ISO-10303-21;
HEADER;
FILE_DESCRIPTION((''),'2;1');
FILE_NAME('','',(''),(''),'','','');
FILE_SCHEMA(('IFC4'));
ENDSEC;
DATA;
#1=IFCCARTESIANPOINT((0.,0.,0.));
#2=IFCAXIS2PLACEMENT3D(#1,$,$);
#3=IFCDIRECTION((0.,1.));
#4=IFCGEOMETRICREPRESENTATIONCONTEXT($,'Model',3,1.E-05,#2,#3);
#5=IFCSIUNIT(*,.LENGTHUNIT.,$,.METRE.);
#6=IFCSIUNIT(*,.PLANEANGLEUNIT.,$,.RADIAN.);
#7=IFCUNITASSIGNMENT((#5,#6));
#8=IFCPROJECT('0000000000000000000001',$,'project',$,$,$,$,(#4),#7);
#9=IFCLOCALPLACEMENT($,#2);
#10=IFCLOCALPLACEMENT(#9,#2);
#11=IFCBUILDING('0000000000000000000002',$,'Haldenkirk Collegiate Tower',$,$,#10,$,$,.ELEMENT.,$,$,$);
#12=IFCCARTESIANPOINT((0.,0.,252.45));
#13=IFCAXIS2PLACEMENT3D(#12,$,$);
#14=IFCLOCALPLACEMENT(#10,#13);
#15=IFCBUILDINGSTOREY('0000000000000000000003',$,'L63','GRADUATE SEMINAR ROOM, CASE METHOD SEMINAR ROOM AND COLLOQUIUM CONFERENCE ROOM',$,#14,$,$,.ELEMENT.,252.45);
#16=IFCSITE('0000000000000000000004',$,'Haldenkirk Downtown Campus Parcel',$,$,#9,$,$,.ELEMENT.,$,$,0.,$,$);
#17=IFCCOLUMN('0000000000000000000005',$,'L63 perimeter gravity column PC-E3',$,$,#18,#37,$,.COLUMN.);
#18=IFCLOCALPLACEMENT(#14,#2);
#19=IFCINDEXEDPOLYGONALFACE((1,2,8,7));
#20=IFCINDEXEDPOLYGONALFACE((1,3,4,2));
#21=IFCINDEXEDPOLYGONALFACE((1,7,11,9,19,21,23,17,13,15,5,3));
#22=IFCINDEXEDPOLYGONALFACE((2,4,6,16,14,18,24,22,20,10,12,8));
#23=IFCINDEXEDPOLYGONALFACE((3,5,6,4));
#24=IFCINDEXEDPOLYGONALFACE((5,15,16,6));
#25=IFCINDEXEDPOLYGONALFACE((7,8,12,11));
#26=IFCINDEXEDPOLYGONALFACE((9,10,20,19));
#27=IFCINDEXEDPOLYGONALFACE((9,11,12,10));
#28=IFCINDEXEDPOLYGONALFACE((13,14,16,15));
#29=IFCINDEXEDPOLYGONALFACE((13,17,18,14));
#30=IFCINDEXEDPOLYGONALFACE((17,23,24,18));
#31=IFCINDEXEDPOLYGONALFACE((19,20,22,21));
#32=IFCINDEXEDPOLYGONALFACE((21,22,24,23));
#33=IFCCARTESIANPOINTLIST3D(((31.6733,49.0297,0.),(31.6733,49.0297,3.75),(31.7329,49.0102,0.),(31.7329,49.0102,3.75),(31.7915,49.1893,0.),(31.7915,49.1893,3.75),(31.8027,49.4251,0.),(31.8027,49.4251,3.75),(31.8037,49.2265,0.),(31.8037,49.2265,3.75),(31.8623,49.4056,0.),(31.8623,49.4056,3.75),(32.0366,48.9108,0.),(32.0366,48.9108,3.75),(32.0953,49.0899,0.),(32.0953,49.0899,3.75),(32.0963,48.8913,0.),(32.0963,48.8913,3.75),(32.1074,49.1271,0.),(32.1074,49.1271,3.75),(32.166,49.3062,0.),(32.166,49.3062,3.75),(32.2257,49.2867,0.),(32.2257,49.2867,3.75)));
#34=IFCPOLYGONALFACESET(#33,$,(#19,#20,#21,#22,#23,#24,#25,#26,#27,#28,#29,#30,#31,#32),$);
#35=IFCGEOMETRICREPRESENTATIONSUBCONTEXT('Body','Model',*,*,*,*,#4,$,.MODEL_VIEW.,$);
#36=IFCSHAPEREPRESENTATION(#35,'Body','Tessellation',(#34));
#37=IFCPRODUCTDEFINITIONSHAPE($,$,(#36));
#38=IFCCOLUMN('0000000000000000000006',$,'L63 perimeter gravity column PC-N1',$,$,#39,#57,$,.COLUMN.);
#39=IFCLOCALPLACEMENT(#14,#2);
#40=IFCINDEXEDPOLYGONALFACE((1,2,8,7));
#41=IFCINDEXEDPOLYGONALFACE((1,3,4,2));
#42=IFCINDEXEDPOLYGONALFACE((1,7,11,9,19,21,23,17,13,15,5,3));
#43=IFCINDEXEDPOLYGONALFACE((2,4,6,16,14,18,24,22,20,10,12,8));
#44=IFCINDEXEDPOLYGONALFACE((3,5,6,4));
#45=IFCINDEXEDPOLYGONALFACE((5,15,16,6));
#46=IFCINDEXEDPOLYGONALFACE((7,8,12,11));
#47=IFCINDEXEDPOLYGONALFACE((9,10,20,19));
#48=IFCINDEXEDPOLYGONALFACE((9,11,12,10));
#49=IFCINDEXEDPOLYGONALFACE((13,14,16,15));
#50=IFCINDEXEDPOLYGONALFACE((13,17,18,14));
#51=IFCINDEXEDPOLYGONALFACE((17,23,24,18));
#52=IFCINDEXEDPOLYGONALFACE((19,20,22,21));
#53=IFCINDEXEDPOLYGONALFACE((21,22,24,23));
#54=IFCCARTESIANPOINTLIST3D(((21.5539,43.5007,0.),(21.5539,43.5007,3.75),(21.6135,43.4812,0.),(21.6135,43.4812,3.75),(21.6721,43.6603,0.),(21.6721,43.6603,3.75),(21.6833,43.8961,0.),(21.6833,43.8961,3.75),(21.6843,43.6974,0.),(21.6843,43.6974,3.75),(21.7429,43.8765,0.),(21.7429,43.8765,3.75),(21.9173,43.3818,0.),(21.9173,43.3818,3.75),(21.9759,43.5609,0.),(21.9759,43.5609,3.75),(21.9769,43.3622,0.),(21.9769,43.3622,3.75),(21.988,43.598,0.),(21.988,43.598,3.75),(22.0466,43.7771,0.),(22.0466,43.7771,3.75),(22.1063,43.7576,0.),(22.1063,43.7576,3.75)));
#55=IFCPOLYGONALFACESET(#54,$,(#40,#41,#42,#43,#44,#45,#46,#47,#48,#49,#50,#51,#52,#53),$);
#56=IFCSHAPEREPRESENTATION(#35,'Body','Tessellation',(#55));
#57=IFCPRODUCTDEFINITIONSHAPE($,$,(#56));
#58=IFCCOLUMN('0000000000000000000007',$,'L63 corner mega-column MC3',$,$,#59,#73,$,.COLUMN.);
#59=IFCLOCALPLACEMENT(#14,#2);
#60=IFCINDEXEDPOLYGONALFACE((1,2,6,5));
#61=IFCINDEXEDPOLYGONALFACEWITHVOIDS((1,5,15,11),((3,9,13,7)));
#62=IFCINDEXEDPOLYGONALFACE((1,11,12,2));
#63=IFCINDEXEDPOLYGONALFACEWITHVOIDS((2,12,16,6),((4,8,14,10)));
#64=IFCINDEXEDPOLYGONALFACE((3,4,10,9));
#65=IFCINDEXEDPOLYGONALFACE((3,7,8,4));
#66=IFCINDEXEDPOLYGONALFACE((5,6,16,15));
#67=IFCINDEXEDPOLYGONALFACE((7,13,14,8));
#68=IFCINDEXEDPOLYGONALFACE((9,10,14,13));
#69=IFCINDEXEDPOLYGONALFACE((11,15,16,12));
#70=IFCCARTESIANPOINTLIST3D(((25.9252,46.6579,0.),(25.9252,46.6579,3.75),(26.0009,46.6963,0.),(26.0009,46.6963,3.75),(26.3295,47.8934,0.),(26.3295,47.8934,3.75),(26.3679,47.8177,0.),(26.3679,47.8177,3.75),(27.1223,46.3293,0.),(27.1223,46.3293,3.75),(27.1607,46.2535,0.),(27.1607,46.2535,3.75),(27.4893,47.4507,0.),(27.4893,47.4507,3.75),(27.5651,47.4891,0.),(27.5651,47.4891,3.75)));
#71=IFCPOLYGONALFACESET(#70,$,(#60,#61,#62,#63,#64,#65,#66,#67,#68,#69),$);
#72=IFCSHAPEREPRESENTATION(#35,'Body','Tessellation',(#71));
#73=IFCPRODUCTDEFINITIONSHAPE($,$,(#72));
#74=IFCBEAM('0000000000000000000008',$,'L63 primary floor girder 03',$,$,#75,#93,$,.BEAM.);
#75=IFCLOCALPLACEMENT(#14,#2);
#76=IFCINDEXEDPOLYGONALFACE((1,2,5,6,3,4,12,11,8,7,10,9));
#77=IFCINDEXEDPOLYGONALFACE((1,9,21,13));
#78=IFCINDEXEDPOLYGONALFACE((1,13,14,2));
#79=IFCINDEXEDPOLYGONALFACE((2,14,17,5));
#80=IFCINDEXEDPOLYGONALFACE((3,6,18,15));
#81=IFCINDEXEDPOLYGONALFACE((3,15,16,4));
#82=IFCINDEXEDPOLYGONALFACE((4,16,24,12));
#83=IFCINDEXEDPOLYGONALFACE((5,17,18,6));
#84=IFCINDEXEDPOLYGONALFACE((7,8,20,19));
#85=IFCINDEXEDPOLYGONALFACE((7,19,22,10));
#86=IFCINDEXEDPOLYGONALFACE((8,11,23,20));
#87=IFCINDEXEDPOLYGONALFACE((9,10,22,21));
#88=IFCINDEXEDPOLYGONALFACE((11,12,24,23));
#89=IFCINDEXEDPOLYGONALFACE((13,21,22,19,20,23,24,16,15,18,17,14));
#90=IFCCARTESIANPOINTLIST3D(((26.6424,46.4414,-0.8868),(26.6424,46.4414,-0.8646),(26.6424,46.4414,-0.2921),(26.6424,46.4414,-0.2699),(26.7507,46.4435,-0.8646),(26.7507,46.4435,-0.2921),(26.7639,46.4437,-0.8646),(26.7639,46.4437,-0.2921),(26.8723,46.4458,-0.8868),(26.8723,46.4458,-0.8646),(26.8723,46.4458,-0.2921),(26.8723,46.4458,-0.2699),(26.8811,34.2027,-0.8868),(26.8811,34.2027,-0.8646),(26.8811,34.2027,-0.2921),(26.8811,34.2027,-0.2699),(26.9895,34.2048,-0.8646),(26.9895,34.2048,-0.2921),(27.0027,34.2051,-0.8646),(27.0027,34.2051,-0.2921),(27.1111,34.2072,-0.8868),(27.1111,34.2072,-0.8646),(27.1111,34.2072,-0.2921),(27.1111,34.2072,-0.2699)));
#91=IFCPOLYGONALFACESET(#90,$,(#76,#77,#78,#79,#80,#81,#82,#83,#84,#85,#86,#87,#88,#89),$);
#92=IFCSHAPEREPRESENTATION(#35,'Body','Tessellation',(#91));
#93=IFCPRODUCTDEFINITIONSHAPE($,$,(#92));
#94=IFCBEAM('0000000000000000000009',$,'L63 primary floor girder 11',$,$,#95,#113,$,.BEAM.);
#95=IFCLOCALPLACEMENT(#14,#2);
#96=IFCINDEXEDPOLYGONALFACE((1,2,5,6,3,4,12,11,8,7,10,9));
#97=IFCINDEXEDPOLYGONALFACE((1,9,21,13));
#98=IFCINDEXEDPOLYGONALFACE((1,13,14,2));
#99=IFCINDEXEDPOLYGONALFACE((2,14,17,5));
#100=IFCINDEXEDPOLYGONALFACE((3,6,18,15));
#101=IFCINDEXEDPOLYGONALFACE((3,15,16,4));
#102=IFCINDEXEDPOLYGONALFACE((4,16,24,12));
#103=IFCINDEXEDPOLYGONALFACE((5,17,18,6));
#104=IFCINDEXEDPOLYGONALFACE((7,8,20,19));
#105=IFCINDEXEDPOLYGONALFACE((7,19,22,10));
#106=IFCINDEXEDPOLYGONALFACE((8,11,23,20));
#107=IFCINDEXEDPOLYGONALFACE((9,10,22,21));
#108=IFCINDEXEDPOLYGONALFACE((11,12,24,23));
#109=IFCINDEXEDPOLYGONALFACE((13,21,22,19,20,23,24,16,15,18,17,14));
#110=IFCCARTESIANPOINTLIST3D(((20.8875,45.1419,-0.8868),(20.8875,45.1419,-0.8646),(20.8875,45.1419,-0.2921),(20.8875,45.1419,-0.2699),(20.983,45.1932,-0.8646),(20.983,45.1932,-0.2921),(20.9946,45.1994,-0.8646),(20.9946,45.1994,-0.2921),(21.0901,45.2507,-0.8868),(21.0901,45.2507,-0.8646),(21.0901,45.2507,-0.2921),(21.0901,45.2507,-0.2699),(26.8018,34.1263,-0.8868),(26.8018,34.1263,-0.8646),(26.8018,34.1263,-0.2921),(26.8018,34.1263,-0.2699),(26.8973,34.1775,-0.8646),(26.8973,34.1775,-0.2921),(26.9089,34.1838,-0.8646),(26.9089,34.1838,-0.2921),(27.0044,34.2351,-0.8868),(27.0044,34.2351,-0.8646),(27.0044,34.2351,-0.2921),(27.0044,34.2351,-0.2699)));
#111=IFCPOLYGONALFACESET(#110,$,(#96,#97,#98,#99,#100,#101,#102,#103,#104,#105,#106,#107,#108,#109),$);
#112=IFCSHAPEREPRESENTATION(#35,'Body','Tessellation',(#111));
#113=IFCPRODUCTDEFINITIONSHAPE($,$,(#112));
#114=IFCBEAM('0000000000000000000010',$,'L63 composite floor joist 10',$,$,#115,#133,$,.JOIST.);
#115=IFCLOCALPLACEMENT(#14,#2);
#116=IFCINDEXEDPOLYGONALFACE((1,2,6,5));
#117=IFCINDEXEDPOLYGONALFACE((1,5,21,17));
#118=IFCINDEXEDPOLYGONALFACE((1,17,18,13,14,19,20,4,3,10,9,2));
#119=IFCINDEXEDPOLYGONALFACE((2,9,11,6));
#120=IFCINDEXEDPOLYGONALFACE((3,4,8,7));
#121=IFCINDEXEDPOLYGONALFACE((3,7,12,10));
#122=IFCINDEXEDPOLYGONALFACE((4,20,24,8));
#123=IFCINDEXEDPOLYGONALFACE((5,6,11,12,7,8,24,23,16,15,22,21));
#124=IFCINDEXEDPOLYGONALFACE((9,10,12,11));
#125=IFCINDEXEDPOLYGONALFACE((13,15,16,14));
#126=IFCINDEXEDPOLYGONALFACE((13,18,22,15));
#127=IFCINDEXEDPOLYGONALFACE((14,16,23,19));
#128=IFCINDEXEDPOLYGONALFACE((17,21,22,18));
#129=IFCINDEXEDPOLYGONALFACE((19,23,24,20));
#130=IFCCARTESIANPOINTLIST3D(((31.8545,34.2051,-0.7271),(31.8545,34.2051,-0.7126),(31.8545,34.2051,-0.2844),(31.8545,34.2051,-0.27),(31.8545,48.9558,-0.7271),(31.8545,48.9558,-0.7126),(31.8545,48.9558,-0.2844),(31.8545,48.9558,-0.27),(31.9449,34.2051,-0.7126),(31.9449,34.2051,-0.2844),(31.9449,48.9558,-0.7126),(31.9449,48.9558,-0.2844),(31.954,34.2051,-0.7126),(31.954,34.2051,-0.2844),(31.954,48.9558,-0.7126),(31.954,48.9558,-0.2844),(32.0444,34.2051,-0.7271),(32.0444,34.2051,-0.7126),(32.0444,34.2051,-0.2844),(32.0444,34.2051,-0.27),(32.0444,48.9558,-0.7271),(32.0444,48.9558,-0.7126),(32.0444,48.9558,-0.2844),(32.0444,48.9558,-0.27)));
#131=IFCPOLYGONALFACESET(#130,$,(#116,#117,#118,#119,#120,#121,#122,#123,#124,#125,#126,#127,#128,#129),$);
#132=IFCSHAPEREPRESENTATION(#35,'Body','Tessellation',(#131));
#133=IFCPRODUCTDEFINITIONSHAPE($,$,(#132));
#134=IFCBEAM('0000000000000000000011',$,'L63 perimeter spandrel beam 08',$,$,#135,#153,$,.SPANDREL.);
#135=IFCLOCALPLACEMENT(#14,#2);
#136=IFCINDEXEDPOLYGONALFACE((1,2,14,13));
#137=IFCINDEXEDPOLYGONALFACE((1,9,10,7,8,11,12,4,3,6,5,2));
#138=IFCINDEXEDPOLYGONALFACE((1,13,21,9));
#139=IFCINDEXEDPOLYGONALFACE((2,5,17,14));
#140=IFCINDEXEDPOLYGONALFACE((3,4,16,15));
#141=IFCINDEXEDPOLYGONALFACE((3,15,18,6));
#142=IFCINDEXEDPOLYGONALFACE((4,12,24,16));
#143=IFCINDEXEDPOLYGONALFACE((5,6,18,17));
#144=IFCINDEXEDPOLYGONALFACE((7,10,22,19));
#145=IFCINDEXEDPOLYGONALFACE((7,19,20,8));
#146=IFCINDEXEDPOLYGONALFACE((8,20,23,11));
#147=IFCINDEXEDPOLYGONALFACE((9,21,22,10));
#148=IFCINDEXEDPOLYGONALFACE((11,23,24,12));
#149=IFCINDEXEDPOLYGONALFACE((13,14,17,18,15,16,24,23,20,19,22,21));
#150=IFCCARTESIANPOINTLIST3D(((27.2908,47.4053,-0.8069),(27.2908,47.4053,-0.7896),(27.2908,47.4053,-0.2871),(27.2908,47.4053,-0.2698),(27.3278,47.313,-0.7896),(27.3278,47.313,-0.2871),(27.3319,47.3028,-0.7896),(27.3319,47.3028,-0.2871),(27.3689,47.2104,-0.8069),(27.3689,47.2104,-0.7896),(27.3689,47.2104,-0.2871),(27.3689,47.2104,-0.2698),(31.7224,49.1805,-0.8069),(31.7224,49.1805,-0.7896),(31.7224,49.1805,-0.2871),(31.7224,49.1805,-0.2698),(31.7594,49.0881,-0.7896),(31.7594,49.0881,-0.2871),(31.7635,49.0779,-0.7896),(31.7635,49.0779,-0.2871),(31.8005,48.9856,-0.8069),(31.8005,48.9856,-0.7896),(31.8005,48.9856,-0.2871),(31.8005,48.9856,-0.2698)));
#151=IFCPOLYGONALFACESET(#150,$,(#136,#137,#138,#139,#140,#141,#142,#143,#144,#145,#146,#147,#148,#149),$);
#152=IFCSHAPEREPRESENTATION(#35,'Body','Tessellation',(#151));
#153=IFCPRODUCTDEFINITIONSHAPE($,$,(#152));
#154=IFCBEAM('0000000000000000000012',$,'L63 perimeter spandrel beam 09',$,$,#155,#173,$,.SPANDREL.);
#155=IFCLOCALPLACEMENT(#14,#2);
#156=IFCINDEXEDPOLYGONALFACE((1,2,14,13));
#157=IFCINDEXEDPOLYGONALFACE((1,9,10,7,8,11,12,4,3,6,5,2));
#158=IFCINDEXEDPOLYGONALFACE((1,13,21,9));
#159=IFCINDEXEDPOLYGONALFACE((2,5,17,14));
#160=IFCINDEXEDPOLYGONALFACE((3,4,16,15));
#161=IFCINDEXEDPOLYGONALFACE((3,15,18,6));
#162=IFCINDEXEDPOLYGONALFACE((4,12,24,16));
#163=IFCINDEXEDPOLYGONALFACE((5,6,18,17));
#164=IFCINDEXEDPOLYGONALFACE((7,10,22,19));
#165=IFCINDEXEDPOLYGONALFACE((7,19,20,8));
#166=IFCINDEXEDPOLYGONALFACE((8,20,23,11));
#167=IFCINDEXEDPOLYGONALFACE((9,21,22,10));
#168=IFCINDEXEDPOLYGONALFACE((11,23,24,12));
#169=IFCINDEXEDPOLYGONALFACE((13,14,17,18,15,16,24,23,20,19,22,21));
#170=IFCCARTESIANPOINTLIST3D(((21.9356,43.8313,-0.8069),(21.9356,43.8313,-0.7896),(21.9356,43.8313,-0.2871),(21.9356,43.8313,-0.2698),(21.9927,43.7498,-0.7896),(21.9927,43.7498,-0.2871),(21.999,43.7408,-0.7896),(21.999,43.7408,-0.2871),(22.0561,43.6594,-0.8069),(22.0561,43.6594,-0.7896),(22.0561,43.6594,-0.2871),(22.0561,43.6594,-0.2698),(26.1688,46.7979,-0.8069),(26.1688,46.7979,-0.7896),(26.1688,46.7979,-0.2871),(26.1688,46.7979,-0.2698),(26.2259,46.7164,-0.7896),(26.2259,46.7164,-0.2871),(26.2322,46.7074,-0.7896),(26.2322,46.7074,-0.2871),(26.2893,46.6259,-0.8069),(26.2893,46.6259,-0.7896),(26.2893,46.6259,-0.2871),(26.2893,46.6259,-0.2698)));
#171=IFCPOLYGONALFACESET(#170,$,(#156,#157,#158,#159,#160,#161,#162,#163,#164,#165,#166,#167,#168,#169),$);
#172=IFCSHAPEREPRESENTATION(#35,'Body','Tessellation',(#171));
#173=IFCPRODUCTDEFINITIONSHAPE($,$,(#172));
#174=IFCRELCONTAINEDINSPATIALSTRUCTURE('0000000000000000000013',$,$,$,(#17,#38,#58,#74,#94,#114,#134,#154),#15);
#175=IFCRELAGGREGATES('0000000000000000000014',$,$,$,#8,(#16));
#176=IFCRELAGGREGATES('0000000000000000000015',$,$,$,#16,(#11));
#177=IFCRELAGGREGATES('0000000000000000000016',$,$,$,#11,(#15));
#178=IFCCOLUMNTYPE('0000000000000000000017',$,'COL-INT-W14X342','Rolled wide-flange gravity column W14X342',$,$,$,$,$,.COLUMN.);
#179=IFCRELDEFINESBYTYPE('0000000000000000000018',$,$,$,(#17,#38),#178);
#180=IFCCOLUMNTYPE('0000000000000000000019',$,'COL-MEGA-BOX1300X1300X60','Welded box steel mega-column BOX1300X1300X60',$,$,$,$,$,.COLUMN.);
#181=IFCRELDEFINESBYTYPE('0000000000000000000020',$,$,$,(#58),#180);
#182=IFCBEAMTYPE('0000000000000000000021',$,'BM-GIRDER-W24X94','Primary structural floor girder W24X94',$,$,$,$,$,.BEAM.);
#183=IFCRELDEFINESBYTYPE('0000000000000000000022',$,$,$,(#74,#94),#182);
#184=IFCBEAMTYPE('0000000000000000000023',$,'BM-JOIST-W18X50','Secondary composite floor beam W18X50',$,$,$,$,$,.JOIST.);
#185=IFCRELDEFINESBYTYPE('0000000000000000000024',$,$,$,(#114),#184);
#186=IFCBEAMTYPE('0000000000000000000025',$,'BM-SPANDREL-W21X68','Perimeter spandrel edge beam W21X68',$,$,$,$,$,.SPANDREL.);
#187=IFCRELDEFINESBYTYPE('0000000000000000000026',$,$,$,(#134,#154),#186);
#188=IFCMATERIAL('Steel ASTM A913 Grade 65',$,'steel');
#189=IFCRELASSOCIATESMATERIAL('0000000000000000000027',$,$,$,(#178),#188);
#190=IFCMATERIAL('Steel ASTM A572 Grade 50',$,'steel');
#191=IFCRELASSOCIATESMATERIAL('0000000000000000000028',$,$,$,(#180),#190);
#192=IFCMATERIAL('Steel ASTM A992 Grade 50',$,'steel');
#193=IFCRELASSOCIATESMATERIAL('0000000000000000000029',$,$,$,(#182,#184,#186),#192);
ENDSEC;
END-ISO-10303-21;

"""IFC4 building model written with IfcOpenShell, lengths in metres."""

from ifc_helpers import new_model, si_unit, direction, frame, origin, origin_2d, place, context, subcontext, project, spatial, hollow_rectangle, i_section, extrude, material, material_profile, profile_set, type_object, element, save


model = new_model("IFC4")

# Units and contexts
model_context = context("Model", 3, precision=1e-05, world=origin(), true_north=direction((0.0, 1.0)))
body_context = subcontext(model_context, "Body", "Model", "MODEL_VIEW")
ifc_project = project(units=[si_unit("LENGTHUNIT", "METRE"), si_unit("PLANEANGLEUNIT", "RADIAN")], contexts=[model_context])

# Site, building, storey
site_placement = place(None, origin())
site = spatial("IfcSite", under=ifc_project, at=site_placement, Name="Haldenkirk Downtown Campus Parcel", CompositionType="ELEMENT", RefElevation=0.0)
building_placement = place(site_placement, origin())
building = spatial("IfcBuilding", under=site, at=building_placement, Name="Haldenkirk Collegiate Tower", CompositionType="ELEMENT")
storey_placement = place(building_placement, frame((0.0, 0.0, 252.45)))
storey = spatial("IfcBuildingStorey", under=building, at=storey_placement, Name="L63", Description="GRADUATE SEMINAR ROOM, CASE METHOD SEMINAR ROOM AND COLLOQUIUM CONFERENCE ROOM", CompositionType="ELEMENT", Elevation=252.45)

# Columns
ifc_material_1 = material(Name="Steel ASTM A913 Grade 65", Category="steel")
ifc_material_profile_1 = material_profile(ifc_material_1, i_section(OverallWidth=0.416, OverallDepth=0.4451, WebThickness=0.0391, FlangeThickness=0.0627, at=origin_2d()), Name="W14X342")
ifc_profile_set_1 = profile_set([ifc_material_profile_1], Name="Steel ASTM A913 Grade 65")
column_type_1 = type_object("IfcColumnType", Name="COL-INT-W14X342", Description="Rolled wide-flange gravity column W14X342", PredefinedType="COLUMN", material=ifc_profile_set_1)
for number, where, z_axis, x_axis, name in (
    (1, (31.9495, 49.1582, 0.0), (0.0, 0.0, 1.0), (0.311008, 0.950407, 0.0), "L63 perimeter gravity column PC-E3"),
    (2, (21.8301, 43.6292, 0.0), (0.0, 0.0, 1.0), (0.311008, 0.950407, 0.0), "L63 perimeter gravity column PC-N1"),
):
    element("IfcColumn", number, at=place(storey_placement, frame(where, z_axis=z_axis, x_axis=x_axis)), inside=storey, type_object=column_type_1, Name=name, PredefinedType="COLUMN", context=body_context, shape_type="SweptSolid", body=[
        extrude(i_section(OverallWidth=0.416, OverallDepth=0.4451, WebThickness=0.0391, FlangeThickness=0.0627, at=origin_2d()), origin(), (0.0, 0.0, 1.0), 3.75),
    ])
ifc_material_2 = material(Name="Steel ASTM A572 Grade 50", Category="steel")
ifc_material_profile_2 = material_profile(ifc_material_2, hollow_rectangle(XDim=1.3, YDim=1.3, WallThickness=0.0601, at=origin_2d()), Name="BOX1300X1300X60")
ifc_profile_set_2 = profile_set([ifc_material_profile_2], Name="Steel ASTM A572 Grade 50")
column_type_2 = type_object("IfcColumnType", Name="COL-MEGA-BOX1300X1300X60", Description="Welded box steel mega-column BOX1300X1300X60", PredefinedType="COLUMN", material=ifc_profile_set_2)
column_placement = place(storey_placement, frame((26.7451, 47.0735, 0.0), z_axis=(0.0, 0.0, 1.0), x_axis=(0.311008, 0.950407, 0.0)))
element("IfcColumn", 3, at=column_placement, inside=storey, type_object=column_type_2, Name="L63 corner mega-column MC3", PredefinedType="COLUMN", context=body_context, shape_type="SweptSolid", body=[
    extrude(hollow_rectangle(XDim=1.3, YDim=1.3, WallThickness=0.0601, at=origin_2d()), origin(), (0.0, 0.0, 1.0), 3.75),
])

# Beams
ifc_material_3 = material(Name="Steel ASTM A992 Grade 50", Category="steel")
ifc_material_profile_3 = material_profile(ifc_material_3, i_section(OverallWidth=0.23, OverallDepth=0.6169, WebThickness=0.0132, FlangeThickness=0.0222, at=origin_2d()), Name="W24X94")
ifc_profile_set_3 = profile_set([ifc_material_profile_3], Name="Steel ASTM A992 Grade 50")
beam_type_1 = type_object("IfcBeamType", Name="BM-GIRDER-W24X94", Description="Primary structural floor girder W24X94", PredefinedType="BEAM", material=ifc_profile_set_3)
beam_1_placement = place(storey_placement, frame((26.7573, 46.4436, -0.5784), z_axis=(0.019506, -0.99981, 0.0), x_axis=(0.99981, 0.019506, 0.0)))
element("IfcBeam", 4, at=beam_1_placement, inside=storey, type_object=beam_type_1, Name="L63 primary floor girder 03", PredefinedType="BEAM", context=body_context, shape_type="SweptSolid", body=[
    extrude(i_section(OverallWidth=0.23, OverallDepth=0.6169, WebThickness=0.0132, FlangeThickness=0.0222, at=origin_2d()), origin(), (0.0, 0.0, 1.0), 12.241),
])
beam_2_placement = place(storey_placement, frame((20.9888, 45.1963, -0.5784), z_axis=(0.473034, -0.881044, 0.0), x_axis=(0.881044, 0.473034, 0.0)))
element("IfcBeam", 5, at=beam_2_placement, inside=storey, type_object=beam_type_1, Name="L63 primary floor girder 11", PredefinedType="BEAM", context=body_context, shape_type="SweptSolid", body=[
    extrude(i_section(OverallWidth=0.23, OverallDepth=0.6169, WebThickness=0.0132, FlangeThickness=0.0222, at=origin_2d()), origin(), (0.0, 0.0, 1.0), 12.5029),
])
ifc_material_profile_4 = material_profile(ifc_material_3, i_section(OverallWidth=0.1899, OverallDepth=0.457, WebThickness=0.009, FlangeThickness=0.0144, at=origin_2d()), Name="W18X50")
ifc_profile_set_4 = profile_set([ifc_material_profile_4], Name="Steel ASTM A992 Grade 50")
beam_type_2 = type_object("IfcBeamType", Name="BM-JOIST-W18X50", Description="Secondary composite floor beam W18X50", PredefinedType="JOIST", material=ifc_profile_set_4)
beam_3_placement = place(storey_placement, frame((31.9495, 48.9558, -0.4985), z_axis=(0.0, -1.0, 0.0), x_axis=(1.0, 0.0, 0.0)))
element("IfcBeam", 6, at=beam_3_placement, inside=storey, type_object=beam_type_2, Name="L63 composite floor joist 10", PredefinedType="JOIST", context=body_context, shape_type="SweptSolid", body=[
    extrude(i_section(OverallWidth=0.1899, OverallDepth=0.457, WebThickness=0.009, FlangeThickness=0.0144, at=origin_2d()), origin(), (0.0, 0.0, 1.0), 14.7507),
])
ifc_material_profile_5 = material_profile(ifc_material_3, i_section(OverallWidth=0.21, OverallDepth=0.5371, WebThickness=0.011, FlangeThickness=0.0173, at=origin_2d()), Name="W21X68")
ifc_profile_set_5 = profile_set([ifc_material_profile_5], Name="Steel ASTM A992 Grade 50")
beam_type_3 = type_object("IfcBeamType", Name="BM-SPANDREL-W21X68", Description="Perimeter spandrel edge beam W21X68", PredefinedType="SPANDREL", material=ifc_profile_set_5)
beam_4_placement = place(storey_placement, frame((31.7615, 49.083, -0.5383), z_axis=(-0.928297, -0.37184, 0.0), x_axis=(0.37184, -0.928297, 0.0)))
element("IfcBeam", 7, at=beam_4_placement, inside=storey, type_object=beam_type_3, Name="L63 perimeter spandrel beam 08", PredefinedType="SPANDREL", context=body_context, shape_type="SweptSolid", body=[
    extrude(i_section(OverallWidth=0.21, OverallDepth=0.5371, WebThickness=0.011, FlangeThickness=0.0173, at=origin_2d()), origin(), (0.0, 0.0, 1.0), 4.7739),
])
beam_5_placement = place(storey_placement, frame((26.229, 46.7119, -0.5383), z_axis=(-0.818928, -0.573897, 0.0), x_axis=(0.573897, -0.818928, 0.0)))
element("IfcBeam", 8, at=beam_5_placement, inside=storey, type_object=beam_type_3, Name="L63 perimeter spandrel beam 09", PredefinedType="SPANDREL", context=body_context, shape_type="SweptSolid", body=[
    extrude(i_section(OverallWidth=0.21, OverallDepth=0.5371, WebThickness=0.011, FlangeThickness=0.0173, at=origin_2d()), origin(), (0.0, 0.0, 1.0), 5.1692),
])

save(model, "model.ifc")
